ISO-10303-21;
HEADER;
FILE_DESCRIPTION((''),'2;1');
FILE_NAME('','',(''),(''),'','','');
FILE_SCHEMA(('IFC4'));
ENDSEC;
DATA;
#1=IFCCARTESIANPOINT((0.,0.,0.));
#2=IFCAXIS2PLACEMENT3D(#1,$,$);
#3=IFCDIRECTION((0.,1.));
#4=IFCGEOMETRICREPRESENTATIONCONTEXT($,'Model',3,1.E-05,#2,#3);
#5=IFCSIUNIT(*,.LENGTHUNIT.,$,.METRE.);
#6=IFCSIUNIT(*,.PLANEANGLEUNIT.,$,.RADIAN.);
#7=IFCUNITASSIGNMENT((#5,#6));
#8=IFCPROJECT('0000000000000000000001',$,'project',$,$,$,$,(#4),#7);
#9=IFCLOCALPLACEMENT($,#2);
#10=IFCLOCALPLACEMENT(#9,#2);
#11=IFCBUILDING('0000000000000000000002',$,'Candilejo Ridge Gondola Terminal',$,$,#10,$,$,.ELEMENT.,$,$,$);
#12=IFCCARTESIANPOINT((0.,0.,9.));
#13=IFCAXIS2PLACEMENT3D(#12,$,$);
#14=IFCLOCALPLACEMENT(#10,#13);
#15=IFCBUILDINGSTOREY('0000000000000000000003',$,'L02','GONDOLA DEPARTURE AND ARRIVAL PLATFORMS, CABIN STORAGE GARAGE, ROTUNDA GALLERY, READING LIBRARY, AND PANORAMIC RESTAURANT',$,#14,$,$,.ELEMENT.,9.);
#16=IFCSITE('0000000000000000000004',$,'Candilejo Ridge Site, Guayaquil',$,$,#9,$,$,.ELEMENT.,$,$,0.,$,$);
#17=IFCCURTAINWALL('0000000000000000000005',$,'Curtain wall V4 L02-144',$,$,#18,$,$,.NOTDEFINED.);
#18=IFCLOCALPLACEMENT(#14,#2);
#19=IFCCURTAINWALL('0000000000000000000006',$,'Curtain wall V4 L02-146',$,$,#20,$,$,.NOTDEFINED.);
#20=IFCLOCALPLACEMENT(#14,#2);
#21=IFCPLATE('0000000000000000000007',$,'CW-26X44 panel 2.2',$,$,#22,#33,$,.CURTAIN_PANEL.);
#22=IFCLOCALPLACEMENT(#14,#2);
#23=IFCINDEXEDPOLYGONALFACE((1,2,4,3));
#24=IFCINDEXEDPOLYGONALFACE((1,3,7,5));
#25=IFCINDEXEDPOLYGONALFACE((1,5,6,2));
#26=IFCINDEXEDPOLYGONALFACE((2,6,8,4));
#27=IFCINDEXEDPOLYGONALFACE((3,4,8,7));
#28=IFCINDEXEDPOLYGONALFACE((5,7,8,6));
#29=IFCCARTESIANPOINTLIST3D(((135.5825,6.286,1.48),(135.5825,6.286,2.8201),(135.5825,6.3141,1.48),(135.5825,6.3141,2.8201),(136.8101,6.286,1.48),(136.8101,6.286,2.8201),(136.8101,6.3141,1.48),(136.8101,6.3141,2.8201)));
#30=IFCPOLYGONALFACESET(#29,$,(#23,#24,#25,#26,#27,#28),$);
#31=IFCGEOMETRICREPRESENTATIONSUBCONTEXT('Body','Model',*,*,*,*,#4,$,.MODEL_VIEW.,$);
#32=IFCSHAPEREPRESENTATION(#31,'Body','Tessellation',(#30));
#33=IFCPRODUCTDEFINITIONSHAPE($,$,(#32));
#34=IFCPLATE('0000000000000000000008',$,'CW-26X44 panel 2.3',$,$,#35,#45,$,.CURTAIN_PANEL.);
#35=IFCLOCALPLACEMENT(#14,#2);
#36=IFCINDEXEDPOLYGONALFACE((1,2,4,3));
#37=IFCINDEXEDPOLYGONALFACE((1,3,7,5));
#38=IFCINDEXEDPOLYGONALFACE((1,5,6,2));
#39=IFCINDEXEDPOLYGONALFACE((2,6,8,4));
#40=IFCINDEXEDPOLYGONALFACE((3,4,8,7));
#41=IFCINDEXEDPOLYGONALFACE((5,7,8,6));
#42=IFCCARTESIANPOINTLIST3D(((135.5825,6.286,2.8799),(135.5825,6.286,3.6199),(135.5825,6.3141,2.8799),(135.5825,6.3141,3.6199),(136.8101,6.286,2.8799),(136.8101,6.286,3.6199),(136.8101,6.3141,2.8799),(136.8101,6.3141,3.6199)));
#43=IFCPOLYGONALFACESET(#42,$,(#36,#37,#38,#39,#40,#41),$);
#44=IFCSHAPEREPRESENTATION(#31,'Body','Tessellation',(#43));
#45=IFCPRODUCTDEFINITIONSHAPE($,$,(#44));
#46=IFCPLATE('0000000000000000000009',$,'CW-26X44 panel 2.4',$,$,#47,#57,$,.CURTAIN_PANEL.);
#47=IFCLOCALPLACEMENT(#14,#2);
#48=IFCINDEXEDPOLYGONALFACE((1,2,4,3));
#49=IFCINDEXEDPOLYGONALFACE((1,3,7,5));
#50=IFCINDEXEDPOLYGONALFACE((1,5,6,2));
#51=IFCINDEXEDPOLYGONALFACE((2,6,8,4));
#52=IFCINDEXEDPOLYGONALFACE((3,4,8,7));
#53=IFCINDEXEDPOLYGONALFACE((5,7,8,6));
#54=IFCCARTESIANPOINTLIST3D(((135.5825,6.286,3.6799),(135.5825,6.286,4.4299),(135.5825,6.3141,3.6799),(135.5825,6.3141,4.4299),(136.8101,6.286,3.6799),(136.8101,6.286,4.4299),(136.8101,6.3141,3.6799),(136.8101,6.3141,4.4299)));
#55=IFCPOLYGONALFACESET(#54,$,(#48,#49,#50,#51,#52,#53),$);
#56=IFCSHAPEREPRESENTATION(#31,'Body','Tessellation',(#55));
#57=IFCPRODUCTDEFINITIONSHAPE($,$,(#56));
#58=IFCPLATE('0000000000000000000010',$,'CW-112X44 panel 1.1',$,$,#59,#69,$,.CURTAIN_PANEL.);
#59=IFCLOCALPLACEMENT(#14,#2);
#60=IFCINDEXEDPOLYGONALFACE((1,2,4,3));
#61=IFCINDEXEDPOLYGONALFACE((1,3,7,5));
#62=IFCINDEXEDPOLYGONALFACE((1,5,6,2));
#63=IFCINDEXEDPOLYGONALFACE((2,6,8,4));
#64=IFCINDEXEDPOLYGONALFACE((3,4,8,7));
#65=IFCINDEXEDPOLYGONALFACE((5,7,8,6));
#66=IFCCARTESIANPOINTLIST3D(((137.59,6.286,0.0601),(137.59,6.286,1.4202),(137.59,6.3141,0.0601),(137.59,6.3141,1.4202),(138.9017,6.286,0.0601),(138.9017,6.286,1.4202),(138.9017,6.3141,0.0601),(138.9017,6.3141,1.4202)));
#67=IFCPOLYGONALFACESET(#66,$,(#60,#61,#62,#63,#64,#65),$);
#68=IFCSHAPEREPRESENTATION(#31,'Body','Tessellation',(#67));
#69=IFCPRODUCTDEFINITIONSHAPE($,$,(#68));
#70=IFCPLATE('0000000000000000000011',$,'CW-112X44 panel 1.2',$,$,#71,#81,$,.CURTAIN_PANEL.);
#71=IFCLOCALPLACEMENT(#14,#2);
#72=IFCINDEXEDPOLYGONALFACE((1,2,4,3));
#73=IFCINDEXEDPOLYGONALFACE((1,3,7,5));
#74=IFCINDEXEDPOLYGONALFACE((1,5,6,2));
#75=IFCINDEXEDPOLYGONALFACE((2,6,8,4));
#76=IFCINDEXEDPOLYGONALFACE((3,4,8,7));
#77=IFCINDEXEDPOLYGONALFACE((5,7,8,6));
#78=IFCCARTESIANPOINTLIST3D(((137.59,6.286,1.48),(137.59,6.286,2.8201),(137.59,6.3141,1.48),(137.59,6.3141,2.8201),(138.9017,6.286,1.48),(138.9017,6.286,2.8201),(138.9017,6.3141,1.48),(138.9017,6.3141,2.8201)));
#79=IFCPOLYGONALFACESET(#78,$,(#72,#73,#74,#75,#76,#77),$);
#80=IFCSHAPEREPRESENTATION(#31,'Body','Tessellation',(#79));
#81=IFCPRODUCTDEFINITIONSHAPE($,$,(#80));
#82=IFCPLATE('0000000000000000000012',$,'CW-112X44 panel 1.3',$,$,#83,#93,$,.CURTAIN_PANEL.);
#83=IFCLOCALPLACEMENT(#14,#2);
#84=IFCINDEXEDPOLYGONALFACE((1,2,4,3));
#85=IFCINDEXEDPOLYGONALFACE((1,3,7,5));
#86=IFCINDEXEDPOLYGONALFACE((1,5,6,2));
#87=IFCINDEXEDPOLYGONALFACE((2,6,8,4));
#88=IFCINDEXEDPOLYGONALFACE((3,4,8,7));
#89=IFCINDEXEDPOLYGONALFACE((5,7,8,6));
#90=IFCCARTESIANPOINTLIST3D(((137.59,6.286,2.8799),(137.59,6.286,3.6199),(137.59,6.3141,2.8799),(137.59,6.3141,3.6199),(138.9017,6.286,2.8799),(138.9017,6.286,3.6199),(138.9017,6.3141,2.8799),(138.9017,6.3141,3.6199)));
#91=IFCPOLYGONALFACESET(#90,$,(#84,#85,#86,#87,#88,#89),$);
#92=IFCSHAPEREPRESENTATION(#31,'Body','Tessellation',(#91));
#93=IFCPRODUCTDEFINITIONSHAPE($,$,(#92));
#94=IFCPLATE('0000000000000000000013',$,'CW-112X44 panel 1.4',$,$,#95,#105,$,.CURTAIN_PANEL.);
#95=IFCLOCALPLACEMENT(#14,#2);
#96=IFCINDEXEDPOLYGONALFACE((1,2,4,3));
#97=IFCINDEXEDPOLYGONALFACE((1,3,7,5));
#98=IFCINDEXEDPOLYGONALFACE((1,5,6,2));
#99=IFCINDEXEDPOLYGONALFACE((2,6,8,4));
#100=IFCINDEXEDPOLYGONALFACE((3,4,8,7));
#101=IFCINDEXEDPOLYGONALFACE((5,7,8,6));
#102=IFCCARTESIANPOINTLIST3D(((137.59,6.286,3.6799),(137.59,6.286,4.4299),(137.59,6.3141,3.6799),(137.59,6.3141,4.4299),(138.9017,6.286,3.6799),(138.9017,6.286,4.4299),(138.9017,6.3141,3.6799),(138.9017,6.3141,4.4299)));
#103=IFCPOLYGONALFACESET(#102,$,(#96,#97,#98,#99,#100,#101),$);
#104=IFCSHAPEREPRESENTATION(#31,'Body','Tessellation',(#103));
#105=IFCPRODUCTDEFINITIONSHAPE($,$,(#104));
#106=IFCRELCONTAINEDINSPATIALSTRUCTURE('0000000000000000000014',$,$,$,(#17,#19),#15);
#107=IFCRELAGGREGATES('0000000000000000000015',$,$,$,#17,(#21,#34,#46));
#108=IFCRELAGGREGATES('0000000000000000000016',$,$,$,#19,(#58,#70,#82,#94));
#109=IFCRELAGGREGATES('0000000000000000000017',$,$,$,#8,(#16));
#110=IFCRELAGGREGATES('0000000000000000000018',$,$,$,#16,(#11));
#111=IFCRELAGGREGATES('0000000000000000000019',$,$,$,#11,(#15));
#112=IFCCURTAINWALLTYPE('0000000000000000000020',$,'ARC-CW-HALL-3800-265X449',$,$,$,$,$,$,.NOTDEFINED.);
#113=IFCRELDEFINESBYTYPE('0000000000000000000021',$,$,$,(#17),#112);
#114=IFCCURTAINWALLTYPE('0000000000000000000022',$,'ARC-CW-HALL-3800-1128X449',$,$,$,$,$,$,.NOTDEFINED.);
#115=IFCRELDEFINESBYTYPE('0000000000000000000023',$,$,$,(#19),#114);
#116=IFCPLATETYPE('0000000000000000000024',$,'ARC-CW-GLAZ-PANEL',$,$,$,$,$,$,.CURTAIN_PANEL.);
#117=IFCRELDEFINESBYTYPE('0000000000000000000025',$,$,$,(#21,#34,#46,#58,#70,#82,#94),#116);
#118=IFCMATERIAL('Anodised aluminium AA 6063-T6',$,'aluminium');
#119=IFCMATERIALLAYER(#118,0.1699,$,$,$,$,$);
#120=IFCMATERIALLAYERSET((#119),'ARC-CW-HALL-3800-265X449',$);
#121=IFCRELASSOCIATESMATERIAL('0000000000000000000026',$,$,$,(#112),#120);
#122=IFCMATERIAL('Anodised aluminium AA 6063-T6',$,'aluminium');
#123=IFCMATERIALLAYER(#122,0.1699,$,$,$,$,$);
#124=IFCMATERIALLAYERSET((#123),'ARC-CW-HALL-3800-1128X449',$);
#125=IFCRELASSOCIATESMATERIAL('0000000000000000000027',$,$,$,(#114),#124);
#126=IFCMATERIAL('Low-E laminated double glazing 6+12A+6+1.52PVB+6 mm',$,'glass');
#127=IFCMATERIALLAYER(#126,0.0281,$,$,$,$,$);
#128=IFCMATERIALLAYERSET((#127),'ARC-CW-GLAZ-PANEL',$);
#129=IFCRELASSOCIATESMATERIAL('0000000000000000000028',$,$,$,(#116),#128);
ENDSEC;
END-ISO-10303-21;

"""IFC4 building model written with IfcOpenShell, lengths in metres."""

from ifc_helpers import new_model, si_unit, direction, frame, origin, origin_2d, place, context, subcontext, project, spatial, rectangle, extrude, material, layer, layer_set, type_object, element, aggregate, save


model = new_model("IFC4")

# Units and contexts
model_context = context("Model", 3, precision=1e-05, world=origin(), true_north=direction((0.0, 1.0)))
body_context = subcontext(model_context, "Body", "Model", "MODEL_VIEW")
ifc_project = project(units=[si_unit("LENGTHUNIT", "METRE"), si_unit("PLANEANGLEUNIT", "RADIAN")], contexts=[model_context])

# Site, building, storey
site_placement = place(None, origin())
site = spatial("IfcSite", under=ifc_project, at=site_placement, Name="Candilejo Ridge Site, Guayaquil", CompositionType="ELEMENT", RefElevation=0.0)
building_placement = place(site_placement, origin())
building = spatial("IfcBuilding", under=site, at=building_placement, Name="Candilejo Ridge Gondola Terminal", CompositionType="ELEMENT")
storey_placement = place(building_placement, frame((0.0, 0.0, 9.0)))
storey = spatial("IfcBuildingStorey", under=building, at=storey_placement, Name="L02", Description="GONDOLA DEPARTURE AND ARRIVAL PLATFORMS, CABIN STORAGE GARAGE, ROTUNDA GALLERY, READING LIBRARY, AND PANORAMIC RESTAURANT", CompositionType="ELEMENT", Elevation=9.0)

# Curtain walls
ifc_material_1 = material(Name="Anodised aluminium AA 6063-T6", Category="aluminium")
ifc_layer_1 = layer(ifc_material_1, 0.1699)
ifc_layer_set_1 = layer_set([ifc_layer_1], Name="ARC-CW-HALL-3800-265X449")
curtain_wall_type_1 = type_object("IfcCurtainWallType", Name="ARC-CW-HALL-3800-265X449", PredefinedType="NOTDEFINED", material=ifc_layer_set_1)
curtain_wall_1_placement = place(storey_placement, origin())
curtain_wall_1 = element("IfcCurtainWall", 1, at=curtain_wall_1_placement, inside=storey, type_object=curtain_wall_type_1, Name="Curtain wall V4 L02-144", PredefinedType="NOTDEFINED")
ifc_material_2 = material(Name="Anodised aluminium AA 6063-T6", Category="aluminium")
ifc_layer_2 = layer(ifc_material_2, 0.1699)
ifc_layer_set_2 = layer_set([ifc_layer_2], Name="ARC-CW-HALL-3800-1128X449")
curtain_wall_type_2 = type_object("IfcCurtainWallType", Name="ARC-CW-HALL-3800-1128X449", PredefinedType="NOTDEFINED", material=ifc_layer_set_2)
curtain_wall_2_placement = place(storey_placement, origin())
curtain_wall_2 = element("IfcCurtainWall", 2, at=curtain_wall_2_placement, inside=storey, type_object=curtain_wall_type_2, Name="Curtain wall V4 L02-146", PredefinedType="NOTDEFINED")

# Plates
ifc_material_3 = material(Name="Low-E laminated double glazing 6+12A+6+1.52PVB+6 mm", Category="glass")
ifc_layer_3 = layer(ifc_material_3, 0.0281)
ifc_layer_set_3 = layer_set([ifc_layer_3], Name="ARC-CW-GLAZ-PANEL")
plate_type = type_object("IfcPlateType", Name="ARC-CW-GLAZ-PANEL", PredefinedType="CURTAIN_PANEL", material=ifc_layer_set_3)
plate_1_placement = place(storey_placement, frame((136.1963, 6.3, 1.48), z_axis=(0.0, 0.0, 1.0), x_axis=(1.0, 0.0, 0.0)))
plate_1 = element("IfcPlate", 3, at=plate_1_placement, type_object=plate_type, Name="CW-26X44 panel 2.2", PredefinedType="CURTAIN_PANEL", context=body_context, shape_type="SweptSolid", body=[
    extrude(rectangle(XDim=1.2275, YDim=0.0281, at=origin_2d()), origin(), (0.0, 0.0, 1.0), 1.3401),
])
plate_2_placement = place(storey_placement, frame((136.1963, 6.3, 2.8799), z_axis=(0.0, 0.0, 1.0), x_axis=(1.0, 0.0, 0.0)))
plate_2 = element("IfcPlate", 4, at=plate_2_placement, type_object=plate_type, Name="CW-26X44 panel 2.3", PredefinedType="CURTAIN_PANEL", context=body_context, shape_type="SweptSolid", body=[
    extrude(rectangle(XDim=1.2275, YDim=0.0281, at=origin_2d()), origin(), (0.0, 0.0, 1.0), 0.74),
])
plate_3_placement = place(storey_placement, frame((136.1963, 6.3, 3.6799), z_axis=(0.0, 0.0, 1.0), x_axis=(1.0, 0.0, 0.0)))
plate_3 = element("IfcPlate", 5, at=plate_3_placement, type_object=plate_type, Name="CW-26X44 panel 2.4", PredefinedType="CURTAIN_PANEL", context=body_context, shape_type="SweptSolid", body=[
    extrude(rectangle(XDim=1.2275, YDim=0.0281, at=origin_2d()), origin(), (0.0, 0.0, 1.0), 0.75),
])
aggregate(curtain_wall_1, [plate_1, plate_2, plate_3])
plate_4_placement = place(storey_placement, frame((138.2458, 6.3, 0.0601), z_axis=(0.0, 0.0, 1.0), x_axis=(1.0, 0.0, 0.0)))
plate_4 = element("IfcPlate", 6, at=plate_4_placement, type_object=plate_type, Name="CW-112X44 panel 1.1", PredefinedType="CURTAIN_PANEL", context=body_context, shape_type="SweptSolid", body=[
    extrude(rectangle(XDim=1.3118, YDim=0.0281, at=origin_2d()), origin(), (0.0, 0.0, 1.0), 1.3601),
])
plate_5_placement = place(storey_placement, frame((138.2458, 6.3, 1.48), z_axis=(0.0, 0.0, 1.0), x_axis=(1.0, 0.0, 0.0)))
plate_5 = element("IfcPlate", 7, at=plate_5_placement, type_object=plate_type, Name="CW-112X44 panel 1.2", PredefinedType="CURTAIN_PANEL", context=body_context, shape_type="SweptSolid", body=[
    extrude(rectangle(XDim=1.3118, YDim=0.0281, at=origin_2d()), origin(), (0.0, 0.0, 1.0), 1.3401),
])
plate_6_placement = place(storey_placement, frame((138.2458, 6.3, 2.8799), z_axis=(0.0, 0.0, 1.0), x_axis=(1.0, 0.0, 0.0)))
plate_6 = element("IfcPlate", 8, at=plate_6_placement, type_object=plate_type, Name="CW-112X44 panel 1.3", PredefinedType="CURTAIN_PANEL", context=body_context, shape_type="SweptSolid", body=[
    extrude(rectangle(XDim=1.3118, YDim=0.0281, at=origin_2d()), origin(), (0.0, 0.0, 1.0), 0.74),
])
plate_7_placement = place(storey_placement, frame((138.2458, 6.3, 3.6799), z_axis=(0.0, 0.0, 1.0), x_axis=(1.0, 0.0, 0.0)))
plate_7 = element("IfcPlate", 9, at=plate_7_placement, type_object=plate_type, Name="CW-112X44 panel 1.4", PredefinedType="CURTAIN_PANEL", context=body_context, shape_type="SweptSolid", body=[
    extrude(rectangle(XDim=1.3118, YDim=0.0281, at=origin_2d()), origin(), (0.0, 0.0, 1.0), 0.75),
])
aggregate(curtain_wall_2, [plate_4, plate_5, plate_6, plate_7])

save(model, "model.ifc")
